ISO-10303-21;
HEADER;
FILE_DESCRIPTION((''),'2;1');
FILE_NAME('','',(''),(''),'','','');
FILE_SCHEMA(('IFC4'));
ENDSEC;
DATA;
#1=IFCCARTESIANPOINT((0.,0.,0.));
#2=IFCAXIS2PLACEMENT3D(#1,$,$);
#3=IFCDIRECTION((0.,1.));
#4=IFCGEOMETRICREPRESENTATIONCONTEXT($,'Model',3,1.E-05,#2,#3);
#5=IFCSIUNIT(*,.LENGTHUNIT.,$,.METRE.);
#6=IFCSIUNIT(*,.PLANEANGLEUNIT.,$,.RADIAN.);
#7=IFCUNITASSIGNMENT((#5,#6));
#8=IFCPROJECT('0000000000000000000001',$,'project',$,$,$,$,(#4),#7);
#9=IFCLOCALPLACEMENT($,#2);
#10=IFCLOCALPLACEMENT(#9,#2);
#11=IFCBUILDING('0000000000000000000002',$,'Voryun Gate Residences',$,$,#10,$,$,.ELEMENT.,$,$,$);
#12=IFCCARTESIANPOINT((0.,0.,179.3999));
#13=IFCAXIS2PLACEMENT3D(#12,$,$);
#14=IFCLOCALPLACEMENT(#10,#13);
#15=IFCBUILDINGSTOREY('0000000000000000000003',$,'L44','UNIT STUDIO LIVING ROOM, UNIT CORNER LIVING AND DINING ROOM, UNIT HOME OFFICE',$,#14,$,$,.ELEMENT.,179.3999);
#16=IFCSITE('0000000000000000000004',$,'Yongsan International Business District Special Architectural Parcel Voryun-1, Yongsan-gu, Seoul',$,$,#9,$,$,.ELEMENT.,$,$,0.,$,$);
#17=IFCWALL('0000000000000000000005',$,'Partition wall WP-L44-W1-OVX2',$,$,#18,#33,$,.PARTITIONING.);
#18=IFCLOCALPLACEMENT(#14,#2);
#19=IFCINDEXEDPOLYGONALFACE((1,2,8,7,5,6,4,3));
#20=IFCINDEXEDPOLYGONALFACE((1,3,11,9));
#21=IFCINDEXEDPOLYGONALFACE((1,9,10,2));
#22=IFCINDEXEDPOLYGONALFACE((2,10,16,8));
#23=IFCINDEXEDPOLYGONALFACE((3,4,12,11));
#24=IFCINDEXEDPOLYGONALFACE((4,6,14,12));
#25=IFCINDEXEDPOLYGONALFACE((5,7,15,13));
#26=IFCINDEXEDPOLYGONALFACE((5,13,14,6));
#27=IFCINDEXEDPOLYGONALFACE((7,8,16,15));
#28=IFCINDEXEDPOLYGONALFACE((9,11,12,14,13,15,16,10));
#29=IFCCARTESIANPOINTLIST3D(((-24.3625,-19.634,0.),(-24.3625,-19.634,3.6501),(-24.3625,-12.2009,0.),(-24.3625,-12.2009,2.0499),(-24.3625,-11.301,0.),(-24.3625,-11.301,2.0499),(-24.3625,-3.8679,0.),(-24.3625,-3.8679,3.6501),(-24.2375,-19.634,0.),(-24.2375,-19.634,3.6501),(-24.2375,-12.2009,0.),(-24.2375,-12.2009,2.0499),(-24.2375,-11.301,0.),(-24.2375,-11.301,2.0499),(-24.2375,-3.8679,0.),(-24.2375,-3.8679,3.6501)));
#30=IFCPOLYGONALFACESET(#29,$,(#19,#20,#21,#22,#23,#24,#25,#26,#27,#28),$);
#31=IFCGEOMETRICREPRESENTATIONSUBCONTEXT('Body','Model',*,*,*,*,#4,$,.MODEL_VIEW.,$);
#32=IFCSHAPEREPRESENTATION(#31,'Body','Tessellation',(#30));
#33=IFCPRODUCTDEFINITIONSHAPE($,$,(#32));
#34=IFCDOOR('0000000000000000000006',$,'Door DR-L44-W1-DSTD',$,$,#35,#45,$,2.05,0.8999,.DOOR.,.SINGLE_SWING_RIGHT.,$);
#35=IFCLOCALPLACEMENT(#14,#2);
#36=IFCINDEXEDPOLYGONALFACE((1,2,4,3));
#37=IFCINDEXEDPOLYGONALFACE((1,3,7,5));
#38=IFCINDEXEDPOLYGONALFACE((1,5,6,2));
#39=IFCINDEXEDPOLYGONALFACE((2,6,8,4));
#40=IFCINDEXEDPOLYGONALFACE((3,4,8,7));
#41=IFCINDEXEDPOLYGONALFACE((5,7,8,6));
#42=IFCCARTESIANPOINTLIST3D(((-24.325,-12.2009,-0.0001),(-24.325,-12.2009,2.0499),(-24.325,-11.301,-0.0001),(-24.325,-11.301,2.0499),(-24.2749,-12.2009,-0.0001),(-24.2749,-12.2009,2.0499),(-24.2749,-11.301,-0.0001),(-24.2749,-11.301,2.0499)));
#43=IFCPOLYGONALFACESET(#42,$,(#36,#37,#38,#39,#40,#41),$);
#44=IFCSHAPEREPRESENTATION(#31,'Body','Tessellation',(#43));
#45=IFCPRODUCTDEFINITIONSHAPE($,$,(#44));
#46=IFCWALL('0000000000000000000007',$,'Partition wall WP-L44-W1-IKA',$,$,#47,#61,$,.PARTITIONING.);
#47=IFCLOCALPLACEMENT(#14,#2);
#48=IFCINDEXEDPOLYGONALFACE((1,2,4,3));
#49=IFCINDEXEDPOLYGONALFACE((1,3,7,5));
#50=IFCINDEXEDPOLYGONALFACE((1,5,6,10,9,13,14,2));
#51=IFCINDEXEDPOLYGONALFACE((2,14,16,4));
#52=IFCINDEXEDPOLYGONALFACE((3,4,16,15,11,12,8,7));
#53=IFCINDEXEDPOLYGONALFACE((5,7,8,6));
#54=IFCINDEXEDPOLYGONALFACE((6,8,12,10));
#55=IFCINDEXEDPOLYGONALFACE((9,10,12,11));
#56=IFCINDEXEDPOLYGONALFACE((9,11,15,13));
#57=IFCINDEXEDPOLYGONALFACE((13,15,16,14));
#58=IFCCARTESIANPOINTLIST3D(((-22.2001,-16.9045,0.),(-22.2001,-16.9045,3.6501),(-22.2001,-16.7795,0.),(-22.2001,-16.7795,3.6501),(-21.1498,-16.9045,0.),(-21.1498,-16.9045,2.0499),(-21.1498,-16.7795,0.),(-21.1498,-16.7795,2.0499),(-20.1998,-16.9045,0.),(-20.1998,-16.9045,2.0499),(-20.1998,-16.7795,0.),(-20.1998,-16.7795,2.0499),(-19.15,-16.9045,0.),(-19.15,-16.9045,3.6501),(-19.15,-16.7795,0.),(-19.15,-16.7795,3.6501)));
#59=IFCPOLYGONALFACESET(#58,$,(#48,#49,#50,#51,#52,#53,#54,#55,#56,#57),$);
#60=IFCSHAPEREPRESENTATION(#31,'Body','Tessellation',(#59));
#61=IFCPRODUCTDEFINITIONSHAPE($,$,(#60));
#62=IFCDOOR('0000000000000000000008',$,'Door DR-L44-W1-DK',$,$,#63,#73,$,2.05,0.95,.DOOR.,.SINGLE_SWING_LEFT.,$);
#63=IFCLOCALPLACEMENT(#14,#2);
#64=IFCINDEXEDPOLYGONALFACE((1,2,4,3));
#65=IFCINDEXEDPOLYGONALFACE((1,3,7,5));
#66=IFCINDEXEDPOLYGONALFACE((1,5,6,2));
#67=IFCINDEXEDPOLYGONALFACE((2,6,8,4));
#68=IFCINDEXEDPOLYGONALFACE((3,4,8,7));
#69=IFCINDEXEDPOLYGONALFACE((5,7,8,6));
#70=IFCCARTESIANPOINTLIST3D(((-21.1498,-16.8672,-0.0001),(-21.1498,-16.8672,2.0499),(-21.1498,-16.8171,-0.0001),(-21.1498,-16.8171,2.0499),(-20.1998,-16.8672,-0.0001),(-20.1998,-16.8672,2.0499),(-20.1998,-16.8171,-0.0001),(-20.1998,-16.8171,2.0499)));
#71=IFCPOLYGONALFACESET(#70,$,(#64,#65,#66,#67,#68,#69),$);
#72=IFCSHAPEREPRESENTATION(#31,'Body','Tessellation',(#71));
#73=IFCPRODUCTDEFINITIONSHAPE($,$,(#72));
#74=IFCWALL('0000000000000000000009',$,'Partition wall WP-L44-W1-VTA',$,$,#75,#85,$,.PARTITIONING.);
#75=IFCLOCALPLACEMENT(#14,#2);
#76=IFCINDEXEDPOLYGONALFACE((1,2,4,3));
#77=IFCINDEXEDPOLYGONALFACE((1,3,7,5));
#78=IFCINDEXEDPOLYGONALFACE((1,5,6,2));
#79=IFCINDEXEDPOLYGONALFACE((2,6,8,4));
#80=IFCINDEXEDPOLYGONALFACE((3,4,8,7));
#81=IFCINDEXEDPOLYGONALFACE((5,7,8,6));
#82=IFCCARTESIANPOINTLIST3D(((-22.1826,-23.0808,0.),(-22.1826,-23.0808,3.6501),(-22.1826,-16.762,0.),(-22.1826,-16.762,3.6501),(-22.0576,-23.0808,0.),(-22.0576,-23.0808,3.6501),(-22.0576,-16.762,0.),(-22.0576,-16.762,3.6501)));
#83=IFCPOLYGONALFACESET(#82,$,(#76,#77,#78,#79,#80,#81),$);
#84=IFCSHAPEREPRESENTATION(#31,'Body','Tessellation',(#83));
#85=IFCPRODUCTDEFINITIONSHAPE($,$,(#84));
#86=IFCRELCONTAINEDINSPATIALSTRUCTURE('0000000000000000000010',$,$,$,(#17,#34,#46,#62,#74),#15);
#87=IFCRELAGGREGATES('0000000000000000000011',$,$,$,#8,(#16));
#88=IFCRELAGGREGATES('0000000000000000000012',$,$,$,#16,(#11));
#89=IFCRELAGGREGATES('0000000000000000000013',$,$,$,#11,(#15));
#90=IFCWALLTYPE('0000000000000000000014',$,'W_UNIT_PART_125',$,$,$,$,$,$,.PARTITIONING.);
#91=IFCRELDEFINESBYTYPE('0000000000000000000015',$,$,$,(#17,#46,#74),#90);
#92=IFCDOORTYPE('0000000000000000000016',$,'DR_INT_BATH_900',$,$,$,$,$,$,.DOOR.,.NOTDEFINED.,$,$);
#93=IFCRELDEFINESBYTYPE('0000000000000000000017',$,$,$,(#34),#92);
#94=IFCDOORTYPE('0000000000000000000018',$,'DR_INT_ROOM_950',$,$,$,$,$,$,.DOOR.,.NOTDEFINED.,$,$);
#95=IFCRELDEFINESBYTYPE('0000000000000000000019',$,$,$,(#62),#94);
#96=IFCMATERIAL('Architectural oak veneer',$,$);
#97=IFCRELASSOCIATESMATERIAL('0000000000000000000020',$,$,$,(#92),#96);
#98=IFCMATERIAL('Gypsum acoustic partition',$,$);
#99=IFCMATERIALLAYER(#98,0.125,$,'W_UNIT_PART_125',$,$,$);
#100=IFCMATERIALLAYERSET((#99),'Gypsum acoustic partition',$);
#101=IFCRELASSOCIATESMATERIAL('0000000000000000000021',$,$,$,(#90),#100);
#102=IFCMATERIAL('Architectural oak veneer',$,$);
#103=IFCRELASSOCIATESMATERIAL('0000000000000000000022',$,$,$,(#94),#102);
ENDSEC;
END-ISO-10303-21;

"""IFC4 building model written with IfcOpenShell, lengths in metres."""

from ifc_helpers import new_model, si_unit, direction, frame, frame_2d, origin, place, context, subcontext, project, spatial, rectangle, extrude, material, layer, layer_set, type_object, element, fill, save


model = new_model("IFC4")

# Units and contexts
model_context = context("Model", 3, precision=1e-05, world=origin(), true_north=direction((0.0, 1.0)))
body_context = subcontext(model_context, "Body", "Model", "MODEL_VIEW")
ifc_project = project(units=[si_unit("LENGTHUNIT", "METRE"), si_unit("PLANEANGLEUNIT", "RADIAN")], contexts=[model_context])

# Site, building, storey
site_placement = place(None, origin())
site = spatial("IfcSite", under=ifc_project, at=site_placement, Name="Yongsan International Business District Special Architectural Parcel Voryun-1, Yongsan-gu, Seoul", CompositionType="ELEMENT", RefElevation=0.0)
building_placement = place(site_placement, origin())
building = spatial("IfcBuilding", under=site, at=building_placement, Name="Voryun Gate Residences", CompositionType="ELEMENT")
storey_placement = place(building_placement, frame((0.0, 0.0, 179.3999)))
storey = spatial("IfcBuildingStorey", under=building, at=storey_placement, Name="L44", Description="UNIT STUDIO LIVING ROOM, UNIT CORNER LIVING AND DINING ROOM, UNIT HOME OFFICE", CompositionType="ELEMENT", Elevation=179.3999)

# Shared definitions
ifc_material_1 = material(Name="Architectural oak veneer")
door_type_1 = type_object("IfcDoorType", Name="DR_INT_BATH_900", OperationType="NOTDEFINED", PredefinedType="DOOR", material=ifc_material_1)

# Shared definitions
ifc_material_2 = material(Name="Gypsum acoustic partition")
ifc_layer_1 = layer(ifc_material_2, 0.125, Name="W_UNIT_PART_125")
ifc_layer_set_1 = layer_set([ifc_layer_1], Name="Gypsum acoustic partition")
wall_type_1 = type_object("IfcWallType", Name="W_UNIT_PART_125", PredefinedType="PARTITIONING", material=ifc_layer_set_1)

# Walls, openings, doors
wall_1_placement = place(storey_placement, frame((-24.3, -19.634, 0.0), z_axis=(0.0, 0.0, 1.0), x_axis=(0.0, 1.0, 0.0)))
wall_1 = element("IfcWall", 1, at=wall_1_placement, inside=storey, type_object=wall_type_1, Name="Partition wall WP-L44-W1-OVX2", PredefinedType="PARTITIONING", context=body_context, shape_type="SweptSolid", body=[
    extrude(rectangle(XDim=15.7661, YDim=0.125, at=frame_2d((7.8831, 0.0))), origin(), (0.0, 0.0, 1.0), 3.6501),
])
opening_1_placement = place(wall_1_placement, frame((7.4331, 0.0, 0.0)))
opening_1 = element("IfcOpeningElement", 2, at=opening_1_placement, cuts=wall_1, PredefinedType="OPENING", context=body_context, shape_type="SweptSolid", body=[
    extrude(rectangle(XDim=0.8999, YDim=2.05, at=frame_2d((0.45, 1.0249))), frame((0.0, 0.0725, 0.0), z_axis=(0.0, -1.0, 0.0), x_axis=(1.0, 0.0, 0.0)), (0.0, 0.0, 1.0), 0.145),
])
door_1_placement = place(opening_1_placement, origin())
door_1 = element("IfcDoor", 3, at=door_1_placement, inside=storey, type_object=door_type_1, Name="Door DR-L44-W1-DSTD", OperationType="SINGLE_SWING_RIGHT", OverallHeight=2.05, OverallWidth=0.8999, PredefinedType="DOOR", context=body_context, shape_type="SweptSolid", body=[
    extrude(rectangle(XDim=0.8999, YDim=2.05, at=frame_2d((0.45, 1.0249))), frame((0.0, 0.0249, 0.0), z_axis=(0.0, -1.0, 0.0), x_axis=(1.0, 0.0, 0.0)), (0.0, 0.0, 1.0), 0.05),
])
fill(opening_1, door_1)
wall_2_placement = place(storey_placement, frame((-22.2, -16.842, 0.0), z_axis=(0.0, 0.0, 1.0), x_axis=(1.0, 0.0, 0.0)))
wall_2 = element("IfcWall", 4, at=wall_2_placement, inside=storey, type_object=wall_type_1, Name="Partition wall WP-L44-W1-IKA", PredefinedType="PARTITIONING", context=body_context, shape_type="SweptSolid", body=[
    extrude(rectangle(XDim=3.05, YDim=0.125, at=frame_2d((1.5249, 0.0))), origin(), (0.0, 0.0, 1.0), 3.6501),
])
opening_2_placement = place(wall_2_placement, frame((1.05, 0.0, 0.0)))
opening_2 = element("IfcOpeningElement", 5, at=opening_2_placement, cuts=wall_2, PredefinedType="OPENING", context=body_context, shape_type="SweptSolid", body=[
    extrude(rectangle(XDim=0.95, YDim=2.05, at=frame_2d((0.4751, 1.0249))), frame((0.0, 0.0725, 0.0), z_axis=(0.0, -1.0, 0.0), x_axis=(1.0, 0.0, 0.0)), (0.0, 0.0, 1.0), 0.145),
])
ifc_material_3 = material(Name="Architectural oak veneer")
door_type_2 = type_object("IfcDoorType", Name="DR_INT_ROOM_950", OperationType="NOTDEFINED", PredefinedType="DOOR", material=ifc_material_3)
door_2_placement = place(opening_2_placement, origin())
door_2 = element("IfcDoor", 6, at=door_2_placement, inside=storey, type_object=door_type_2, Name="Door DR-L44-W1-DK", OperationType="SINGLE_SWING_LEFT", OverallHeight=2.05, OverallWidth=0.95, PredefinedType="DOOR", context=body_context, shape_type="SweptSolid", body=[
    extrude(rectangle(XDim=0.95, YDim=2.05, at=frame_2d((0.4751, 1.0249))), frame((0.0, 0.0249, 0.0), z_axis=(0.0, -1.0, 0.0), x_axis=(1.0, 0.0, 0.0)), (0.0, 0.0, 1.0), 0.05),
])
fill(opening_2, door_2)

# Wall
wall_3_placement = place(storey_placement, frame((-22.1201, -23.0808, 0.0), z_axis=(0.0, 0.0, 1.0), x_axis=(0.0, 1.0, 0.0)))
element("IfcWall", 7, at=wall_3_placement, inside=storey, type_object=wall_type_1, Name="Partition wall WP-L44-W1-VTA", PredefinedType="PARTITIONING", context=body_context, shape_type="SweptSolid", body=[
    extrude(rectangle(XDim=6.3188, YDim=0.125, at=frame_2d((3.1594, 0.0))), origin(), (0.0, 0.0, 1.0), 3.6501),
])

save(model, "model.ifc")
